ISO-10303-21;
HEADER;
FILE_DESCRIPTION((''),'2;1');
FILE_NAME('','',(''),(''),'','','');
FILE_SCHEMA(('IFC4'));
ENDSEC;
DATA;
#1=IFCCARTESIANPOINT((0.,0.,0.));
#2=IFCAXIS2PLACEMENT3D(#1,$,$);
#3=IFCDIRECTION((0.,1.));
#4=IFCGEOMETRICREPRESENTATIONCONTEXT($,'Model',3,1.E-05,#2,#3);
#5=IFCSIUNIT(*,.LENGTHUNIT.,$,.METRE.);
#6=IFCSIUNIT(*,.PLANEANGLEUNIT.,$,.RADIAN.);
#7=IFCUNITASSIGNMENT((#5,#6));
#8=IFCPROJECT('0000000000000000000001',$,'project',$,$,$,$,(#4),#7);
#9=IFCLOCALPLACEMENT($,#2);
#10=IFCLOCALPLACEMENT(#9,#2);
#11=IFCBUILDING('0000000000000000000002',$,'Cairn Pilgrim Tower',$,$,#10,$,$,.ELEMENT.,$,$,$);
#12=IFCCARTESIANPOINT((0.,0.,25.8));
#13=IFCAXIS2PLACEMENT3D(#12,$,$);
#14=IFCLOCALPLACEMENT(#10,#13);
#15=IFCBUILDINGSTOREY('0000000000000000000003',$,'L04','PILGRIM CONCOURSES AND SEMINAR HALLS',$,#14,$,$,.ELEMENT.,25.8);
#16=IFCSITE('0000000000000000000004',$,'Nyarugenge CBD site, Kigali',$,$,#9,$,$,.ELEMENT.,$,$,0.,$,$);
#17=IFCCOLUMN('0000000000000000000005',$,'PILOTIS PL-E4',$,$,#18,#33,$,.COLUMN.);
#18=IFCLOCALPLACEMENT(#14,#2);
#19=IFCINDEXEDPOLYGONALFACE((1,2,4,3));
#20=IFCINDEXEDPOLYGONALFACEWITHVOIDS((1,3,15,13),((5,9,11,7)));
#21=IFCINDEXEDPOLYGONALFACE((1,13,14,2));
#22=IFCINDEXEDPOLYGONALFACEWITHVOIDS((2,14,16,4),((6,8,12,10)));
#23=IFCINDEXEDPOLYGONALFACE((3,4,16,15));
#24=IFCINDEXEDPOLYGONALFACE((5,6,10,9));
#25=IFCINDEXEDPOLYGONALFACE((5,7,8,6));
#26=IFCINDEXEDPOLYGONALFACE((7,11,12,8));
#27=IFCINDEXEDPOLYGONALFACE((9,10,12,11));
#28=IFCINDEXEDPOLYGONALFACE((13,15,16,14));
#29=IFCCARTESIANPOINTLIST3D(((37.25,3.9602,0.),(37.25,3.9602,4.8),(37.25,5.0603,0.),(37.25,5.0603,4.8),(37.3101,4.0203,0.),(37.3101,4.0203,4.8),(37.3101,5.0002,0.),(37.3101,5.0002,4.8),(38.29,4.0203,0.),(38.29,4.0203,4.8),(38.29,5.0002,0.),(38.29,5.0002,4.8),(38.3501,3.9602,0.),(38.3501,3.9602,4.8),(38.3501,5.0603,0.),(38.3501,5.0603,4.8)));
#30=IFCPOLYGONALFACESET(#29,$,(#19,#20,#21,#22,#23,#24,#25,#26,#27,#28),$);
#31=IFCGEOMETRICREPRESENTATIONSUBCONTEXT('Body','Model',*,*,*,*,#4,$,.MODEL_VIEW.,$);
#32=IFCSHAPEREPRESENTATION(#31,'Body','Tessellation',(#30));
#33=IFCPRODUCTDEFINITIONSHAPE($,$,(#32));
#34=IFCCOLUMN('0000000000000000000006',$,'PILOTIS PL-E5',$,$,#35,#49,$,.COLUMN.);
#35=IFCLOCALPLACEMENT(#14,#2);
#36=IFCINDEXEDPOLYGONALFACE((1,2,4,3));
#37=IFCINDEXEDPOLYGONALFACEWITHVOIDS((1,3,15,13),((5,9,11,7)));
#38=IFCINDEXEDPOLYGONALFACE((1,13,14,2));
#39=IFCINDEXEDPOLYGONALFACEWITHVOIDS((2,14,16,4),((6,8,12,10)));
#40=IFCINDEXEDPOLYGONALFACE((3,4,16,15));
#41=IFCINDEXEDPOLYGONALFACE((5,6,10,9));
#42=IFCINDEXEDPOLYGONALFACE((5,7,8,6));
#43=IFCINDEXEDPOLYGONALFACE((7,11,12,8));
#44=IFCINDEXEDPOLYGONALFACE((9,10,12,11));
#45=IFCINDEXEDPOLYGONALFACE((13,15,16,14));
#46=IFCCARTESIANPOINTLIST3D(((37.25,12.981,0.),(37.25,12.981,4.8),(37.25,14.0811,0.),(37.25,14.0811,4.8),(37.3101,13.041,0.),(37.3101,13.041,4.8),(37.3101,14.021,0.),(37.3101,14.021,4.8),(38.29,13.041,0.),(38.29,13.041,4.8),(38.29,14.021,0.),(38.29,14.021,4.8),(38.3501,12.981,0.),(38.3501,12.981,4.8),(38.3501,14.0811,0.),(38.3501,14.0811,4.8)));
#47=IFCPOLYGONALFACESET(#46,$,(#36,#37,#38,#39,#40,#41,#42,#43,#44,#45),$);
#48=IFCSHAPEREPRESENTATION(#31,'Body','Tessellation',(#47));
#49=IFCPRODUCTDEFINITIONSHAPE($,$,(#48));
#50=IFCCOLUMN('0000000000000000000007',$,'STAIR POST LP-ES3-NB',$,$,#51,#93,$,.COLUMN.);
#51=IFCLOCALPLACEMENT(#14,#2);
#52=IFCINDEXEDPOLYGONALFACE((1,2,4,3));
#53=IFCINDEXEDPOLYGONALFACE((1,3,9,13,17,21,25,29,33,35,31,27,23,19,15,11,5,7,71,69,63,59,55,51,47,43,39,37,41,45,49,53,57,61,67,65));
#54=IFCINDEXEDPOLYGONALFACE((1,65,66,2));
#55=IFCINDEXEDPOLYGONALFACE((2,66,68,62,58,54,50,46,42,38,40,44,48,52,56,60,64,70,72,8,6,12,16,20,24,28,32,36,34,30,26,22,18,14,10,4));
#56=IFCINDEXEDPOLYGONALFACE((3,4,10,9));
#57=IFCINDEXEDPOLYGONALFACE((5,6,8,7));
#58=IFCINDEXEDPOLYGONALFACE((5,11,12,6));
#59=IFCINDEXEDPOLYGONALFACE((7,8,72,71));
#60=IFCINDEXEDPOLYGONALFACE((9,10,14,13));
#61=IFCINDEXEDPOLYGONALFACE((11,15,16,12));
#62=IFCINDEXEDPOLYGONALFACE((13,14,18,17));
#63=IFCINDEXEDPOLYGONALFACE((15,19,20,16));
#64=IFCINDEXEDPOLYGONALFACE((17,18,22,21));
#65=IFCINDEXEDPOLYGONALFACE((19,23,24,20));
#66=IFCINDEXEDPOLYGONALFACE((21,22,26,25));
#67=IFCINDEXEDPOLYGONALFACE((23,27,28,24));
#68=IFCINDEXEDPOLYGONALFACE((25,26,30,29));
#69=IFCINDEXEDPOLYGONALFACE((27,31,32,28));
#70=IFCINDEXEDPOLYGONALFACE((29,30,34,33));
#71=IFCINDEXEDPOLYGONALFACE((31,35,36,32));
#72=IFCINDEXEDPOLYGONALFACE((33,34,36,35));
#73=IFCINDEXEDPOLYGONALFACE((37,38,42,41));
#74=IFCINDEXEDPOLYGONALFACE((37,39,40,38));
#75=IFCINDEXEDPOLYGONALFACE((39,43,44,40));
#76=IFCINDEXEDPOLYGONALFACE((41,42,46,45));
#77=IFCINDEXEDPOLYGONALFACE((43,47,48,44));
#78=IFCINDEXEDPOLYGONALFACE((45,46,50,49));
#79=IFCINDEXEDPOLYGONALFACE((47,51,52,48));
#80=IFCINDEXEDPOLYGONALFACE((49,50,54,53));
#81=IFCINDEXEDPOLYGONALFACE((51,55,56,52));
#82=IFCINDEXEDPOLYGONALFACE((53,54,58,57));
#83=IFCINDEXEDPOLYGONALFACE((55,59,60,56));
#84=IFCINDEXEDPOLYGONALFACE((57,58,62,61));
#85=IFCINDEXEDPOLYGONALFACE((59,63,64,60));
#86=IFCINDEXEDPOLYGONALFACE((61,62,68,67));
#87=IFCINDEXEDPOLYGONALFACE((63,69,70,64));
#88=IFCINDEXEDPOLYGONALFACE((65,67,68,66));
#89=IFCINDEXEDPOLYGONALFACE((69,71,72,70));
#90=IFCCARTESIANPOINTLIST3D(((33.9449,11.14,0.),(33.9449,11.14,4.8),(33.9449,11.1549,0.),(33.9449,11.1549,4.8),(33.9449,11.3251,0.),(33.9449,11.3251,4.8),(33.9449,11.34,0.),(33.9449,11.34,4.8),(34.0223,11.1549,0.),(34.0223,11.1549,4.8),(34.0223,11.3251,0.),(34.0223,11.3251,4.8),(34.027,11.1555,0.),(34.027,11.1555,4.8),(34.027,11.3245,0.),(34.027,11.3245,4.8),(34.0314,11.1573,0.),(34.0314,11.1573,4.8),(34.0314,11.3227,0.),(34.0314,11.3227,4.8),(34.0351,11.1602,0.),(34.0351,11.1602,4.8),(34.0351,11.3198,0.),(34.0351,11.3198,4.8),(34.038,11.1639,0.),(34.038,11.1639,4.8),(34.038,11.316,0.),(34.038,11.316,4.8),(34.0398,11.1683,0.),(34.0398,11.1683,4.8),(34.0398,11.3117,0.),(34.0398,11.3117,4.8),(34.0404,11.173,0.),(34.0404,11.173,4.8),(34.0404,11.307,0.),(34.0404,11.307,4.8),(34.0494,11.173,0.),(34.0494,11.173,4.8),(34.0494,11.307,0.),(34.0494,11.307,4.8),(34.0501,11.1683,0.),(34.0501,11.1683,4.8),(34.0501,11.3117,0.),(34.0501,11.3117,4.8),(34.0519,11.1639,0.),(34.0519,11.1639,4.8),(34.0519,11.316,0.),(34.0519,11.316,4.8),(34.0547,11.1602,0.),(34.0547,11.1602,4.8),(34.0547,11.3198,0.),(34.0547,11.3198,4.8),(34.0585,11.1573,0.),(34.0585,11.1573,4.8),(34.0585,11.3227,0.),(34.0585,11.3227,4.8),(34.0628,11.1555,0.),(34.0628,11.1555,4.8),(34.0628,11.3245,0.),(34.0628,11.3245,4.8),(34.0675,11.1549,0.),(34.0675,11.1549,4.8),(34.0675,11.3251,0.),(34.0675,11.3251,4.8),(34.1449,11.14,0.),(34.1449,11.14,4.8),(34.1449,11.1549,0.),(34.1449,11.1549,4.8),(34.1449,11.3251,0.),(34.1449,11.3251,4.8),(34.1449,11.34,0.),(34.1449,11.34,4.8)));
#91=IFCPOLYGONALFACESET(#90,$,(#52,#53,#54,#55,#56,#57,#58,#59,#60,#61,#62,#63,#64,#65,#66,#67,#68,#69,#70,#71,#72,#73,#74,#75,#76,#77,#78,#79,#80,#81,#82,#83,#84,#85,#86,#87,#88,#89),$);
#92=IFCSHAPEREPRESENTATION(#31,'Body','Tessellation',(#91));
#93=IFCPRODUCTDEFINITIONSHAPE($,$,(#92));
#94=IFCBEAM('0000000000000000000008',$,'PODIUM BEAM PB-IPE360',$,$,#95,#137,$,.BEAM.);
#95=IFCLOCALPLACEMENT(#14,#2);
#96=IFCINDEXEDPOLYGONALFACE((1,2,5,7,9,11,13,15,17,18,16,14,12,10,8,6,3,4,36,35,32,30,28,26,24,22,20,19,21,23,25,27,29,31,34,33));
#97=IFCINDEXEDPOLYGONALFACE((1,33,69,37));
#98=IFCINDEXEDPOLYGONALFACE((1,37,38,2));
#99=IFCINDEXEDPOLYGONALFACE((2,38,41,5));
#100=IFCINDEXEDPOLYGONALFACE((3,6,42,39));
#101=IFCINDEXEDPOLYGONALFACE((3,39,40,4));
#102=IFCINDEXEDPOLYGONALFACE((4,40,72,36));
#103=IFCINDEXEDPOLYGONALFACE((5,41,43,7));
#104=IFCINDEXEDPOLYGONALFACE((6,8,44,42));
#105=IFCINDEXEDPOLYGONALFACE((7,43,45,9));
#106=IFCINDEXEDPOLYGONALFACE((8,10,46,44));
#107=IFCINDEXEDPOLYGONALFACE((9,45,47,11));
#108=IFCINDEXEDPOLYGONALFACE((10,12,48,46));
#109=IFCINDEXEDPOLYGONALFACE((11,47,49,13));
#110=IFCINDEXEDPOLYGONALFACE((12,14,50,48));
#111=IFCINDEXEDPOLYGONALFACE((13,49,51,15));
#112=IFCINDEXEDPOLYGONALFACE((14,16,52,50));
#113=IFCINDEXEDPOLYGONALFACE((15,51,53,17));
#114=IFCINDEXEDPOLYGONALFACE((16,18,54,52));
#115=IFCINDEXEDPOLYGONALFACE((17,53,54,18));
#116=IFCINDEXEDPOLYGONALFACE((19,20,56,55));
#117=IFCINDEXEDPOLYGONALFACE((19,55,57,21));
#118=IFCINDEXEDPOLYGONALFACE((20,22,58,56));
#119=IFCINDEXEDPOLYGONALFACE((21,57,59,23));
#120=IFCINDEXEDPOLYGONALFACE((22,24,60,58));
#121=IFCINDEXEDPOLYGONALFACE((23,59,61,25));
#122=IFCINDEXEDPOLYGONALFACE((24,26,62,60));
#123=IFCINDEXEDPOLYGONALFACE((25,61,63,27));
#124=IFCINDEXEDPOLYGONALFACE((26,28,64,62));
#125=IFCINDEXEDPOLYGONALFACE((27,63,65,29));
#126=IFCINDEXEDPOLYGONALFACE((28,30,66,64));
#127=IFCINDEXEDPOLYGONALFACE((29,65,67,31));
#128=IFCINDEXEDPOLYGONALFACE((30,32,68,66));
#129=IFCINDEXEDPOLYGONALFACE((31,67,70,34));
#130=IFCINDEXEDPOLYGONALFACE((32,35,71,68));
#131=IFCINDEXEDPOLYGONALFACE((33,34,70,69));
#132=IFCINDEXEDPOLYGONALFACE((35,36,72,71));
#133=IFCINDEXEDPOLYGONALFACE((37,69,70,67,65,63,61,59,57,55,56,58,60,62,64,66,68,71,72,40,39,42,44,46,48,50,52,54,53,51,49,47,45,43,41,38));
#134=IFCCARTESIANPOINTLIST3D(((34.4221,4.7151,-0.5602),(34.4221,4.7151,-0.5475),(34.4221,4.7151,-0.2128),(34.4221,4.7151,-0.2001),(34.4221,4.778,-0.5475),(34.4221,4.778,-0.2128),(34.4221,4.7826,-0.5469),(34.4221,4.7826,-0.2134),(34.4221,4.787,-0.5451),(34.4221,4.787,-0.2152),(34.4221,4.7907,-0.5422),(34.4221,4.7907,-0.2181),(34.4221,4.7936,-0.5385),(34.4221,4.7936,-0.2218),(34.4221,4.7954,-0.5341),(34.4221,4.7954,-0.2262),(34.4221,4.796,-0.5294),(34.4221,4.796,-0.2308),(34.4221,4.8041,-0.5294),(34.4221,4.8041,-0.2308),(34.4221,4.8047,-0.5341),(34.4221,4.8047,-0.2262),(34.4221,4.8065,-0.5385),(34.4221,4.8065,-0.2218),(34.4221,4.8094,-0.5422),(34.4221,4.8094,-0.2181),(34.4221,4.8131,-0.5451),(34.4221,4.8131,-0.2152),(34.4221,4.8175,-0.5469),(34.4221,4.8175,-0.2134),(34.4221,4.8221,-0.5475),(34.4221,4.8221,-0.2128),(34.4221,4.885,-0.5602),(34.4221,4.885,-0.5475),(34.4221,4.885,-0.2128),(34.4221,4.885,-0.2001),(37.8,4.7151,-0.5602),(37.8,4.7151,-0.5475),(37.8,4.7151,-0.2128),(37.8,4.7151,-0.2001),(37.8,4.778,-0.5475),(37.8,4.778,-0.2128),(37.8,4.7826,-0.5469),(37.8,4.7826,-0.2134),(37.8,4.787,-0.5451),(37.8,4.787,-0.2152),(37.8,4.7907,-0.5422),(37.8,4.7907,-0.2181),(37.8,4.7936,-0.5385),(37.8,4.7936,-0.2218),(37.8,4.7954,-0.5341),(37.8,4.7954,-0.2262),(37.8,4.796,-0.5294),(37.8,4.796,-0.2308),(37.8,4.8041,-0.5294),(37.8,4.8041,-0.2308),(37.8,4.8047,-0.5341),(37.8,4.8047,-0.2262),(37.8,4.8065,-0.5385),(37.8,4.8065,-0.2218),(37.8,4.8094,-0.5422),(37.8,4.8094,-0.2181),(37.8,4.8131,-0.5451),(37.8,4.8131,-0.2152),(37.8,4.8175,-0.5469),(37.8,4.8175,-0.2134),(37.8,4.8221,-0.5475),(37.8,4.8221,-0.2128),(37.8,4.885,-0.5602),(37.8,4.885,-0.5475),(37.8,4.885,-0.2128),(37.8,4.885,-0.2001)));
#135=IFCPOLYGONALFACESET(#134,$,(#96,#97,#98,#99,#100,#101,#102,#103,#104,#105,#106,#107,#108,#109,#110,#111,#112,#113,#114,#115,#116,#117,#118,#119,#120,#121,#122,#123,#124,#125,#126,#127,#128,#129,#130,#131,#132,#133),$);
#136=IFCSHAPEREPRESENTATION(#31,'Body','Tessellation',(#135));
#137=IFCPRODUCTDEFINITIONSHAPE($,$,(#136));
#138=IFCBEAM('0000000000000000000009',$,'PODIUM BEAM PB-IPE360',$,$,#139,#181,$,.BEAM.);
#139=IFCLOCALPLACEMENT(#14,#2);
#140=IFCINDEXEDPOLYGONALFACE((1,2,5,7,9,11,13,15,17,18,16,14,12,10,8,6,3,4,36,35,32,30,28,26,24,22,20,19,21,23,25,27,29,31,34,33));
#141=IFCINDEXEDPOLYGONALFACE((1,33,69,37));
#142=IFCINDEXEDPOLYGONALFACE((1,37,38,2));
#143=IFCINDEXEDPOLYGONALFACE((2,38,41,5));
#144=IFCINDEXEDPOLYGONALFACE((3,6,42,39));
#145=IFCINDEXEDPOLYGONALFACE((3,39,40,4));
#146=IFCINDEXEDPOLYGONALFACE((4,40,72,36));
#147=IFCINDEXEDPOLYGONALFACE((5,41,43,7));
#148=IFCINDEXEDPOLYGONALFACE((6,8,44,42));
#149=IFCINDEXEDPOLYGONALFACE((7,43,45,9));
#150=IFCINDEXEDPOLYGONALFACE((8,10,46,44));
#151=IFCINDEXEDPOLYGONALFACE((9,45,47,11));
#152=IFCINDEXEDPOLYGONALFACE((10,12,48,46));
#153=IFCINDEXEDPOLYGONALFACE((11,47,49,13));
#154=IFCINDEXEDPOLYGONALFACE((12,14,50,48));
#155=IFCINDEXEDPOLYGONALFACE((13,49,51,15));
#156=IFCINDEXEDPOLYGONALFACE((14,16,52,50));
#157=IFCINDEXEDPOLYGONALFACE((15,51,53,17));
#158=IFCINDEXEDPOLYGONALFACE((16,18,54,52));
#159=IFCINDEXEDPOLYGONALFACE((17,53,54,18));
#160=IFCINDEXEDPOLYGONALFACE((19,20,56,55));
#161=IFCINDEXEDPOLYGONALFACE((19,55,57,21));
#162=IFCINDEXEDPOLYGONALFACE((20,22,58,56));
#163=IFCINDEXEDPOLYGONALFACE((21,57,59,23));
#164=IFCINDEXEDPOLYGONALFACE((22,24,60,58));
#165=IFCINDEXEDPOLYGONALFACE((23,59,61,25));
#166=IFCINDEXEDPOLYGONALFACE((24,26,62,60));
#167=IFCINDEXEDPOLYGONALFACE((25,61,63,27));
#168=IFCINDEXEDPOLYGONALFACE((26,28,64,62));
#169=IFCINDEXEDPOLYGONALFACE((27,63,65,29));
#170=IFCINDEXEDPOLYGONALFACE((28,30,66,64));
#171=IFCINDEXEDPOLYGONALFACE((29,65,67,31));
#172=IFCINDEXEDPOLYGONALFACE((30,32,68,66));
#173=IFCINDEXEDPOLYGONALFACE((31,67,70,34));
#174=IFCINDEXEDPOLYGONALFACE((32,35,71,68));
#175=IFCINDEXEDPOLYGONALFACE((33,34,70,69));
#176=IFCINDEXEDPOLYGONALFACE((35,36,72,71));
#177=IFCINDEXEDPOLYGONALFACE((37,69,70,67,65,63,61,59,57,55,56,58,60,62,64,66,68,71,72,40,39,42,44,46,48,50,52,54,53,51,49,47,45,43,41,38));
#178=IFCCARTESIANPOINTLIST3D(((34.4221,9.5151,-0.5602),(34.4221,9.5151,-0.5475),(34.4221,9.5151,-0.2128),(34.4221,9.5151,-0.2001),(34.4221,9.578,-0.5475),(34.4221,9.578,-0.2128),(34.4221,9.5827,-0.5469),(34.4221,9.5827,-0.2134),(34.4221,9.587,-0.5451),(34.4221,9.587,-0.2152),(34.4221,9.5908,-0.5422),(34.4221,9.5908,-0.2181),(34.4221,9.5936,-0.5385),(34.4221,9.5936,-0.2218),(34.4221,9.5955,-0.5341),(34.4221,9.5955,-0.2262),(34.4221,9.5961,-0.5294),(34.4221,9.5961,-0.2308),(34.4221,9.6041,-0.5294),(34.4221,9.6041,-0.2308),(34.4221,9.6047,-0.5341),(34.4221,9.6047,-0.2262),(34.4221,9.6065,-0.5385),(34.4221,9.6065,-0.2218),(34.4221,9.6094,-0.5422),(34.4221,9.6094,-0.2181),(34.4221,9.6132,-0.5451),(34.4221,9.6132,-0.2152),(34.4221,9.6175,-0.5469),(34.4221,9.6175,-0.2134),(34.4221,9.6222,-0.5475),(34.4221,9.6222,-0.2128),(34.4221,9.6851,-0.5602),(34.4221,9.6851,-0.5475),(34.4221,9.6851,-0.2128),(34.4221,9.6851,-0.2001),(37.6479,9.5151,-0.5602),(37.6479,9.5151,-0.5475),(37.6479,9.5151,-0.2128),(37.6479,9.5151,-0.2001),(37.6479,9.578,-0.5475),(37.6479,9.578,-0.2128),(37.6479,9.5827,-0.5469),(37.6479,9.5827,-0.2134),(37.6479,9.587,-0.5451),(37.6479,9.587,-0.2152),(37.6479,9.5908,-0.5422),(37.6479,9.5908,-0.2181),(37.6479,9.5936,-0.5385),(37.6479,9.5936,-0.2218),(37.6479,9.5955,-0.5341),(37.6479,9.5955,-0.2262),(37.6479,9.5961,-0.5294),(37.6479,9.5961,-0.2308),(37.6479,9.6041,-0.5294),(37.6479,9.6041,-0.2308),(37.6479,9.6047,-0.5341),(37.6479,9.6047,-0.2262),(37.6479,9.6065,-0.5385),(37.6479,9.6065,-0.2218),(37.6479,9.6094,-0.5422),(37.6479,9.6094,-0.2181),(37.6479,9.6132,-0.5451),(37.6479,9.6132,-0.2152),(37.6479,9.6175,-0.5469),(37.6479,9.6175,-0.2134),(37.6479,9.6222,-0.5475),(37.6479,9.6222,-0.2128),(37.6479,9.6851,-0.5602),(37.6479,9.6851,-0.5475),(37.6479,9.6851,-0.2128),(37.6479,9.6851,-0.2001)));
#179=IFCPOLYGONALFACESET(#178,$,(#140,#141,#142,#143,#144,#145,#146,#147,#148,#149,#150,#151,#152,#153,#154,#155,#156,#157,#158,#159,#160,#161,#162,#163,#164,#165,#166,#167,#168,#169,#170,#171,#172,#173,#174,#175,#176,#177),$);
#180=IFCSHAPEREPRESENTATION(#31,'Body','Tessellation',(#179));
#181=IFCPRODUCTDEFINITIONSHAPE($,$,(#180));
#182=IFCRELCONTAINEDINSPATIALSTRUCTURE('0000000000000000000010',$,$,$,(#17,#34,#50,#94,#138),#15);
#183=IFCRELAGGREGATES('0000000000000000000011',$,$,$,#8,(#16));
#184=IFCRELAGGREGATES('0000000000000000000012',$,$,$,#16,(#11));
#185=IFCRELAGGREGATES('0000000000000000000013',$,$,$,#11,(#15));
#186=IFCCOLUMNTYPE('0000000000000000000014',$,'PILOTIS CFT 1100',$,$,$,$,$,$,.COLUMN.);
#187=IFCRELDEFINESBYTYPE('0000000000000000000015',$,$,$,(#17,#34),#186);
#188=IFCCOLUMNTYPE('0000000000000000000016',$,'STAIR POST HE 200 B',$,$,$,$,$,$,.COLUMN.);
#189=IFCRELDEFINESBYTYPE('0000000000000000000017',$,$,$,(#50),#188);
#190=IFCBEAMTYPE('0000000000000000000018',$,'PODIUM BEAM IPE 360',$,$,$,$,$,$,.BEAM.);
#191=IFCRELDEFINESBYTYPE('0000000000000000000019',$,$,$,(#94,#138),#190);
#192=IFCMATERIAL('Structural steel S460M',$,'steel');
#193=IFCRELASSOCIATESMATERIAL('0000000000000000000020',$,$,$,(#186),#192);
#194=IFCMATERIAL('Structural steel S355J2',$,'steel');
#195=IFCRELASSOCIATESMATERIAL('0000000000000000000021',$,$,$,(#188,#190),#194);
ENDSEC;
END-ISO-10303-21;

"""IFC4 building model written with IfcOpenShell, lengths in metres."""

from ifc_helpers import new_model, si_unit, direction, frame, origin, origin_2d, place, context, subcontext, project, spatial, hollow_rectangle, i_section, extrude, material, material_profile, profile_set, type_object, element, save


model = new_model("IFC4")

# Units and contexts
model_context = context("Model", 3, precision=1e-05, world=origin(), true_north=direction((0.0, 1.0)))
body_context = subcontext(model_context, "Body", "Model", "MODEL_VIEW")
ifc_project = project(units=[si_unit("LENGTHUNIT", "METRE"), si_unit("PLANEANGLEUNIT", "RADIAN")], contexts=[model_context])

# Site, building, storey
site_placement = place(None, origin())
site = spatial("IfcSite", under=ifc_project, at=site_placement, Name="Nyarugenge CBD site, Kigali", CompositionType="ELEMENT", RefElevation=0.0)
building_placement = place(site_placement, origin())
building = spatial("IfcBuilding", under=site, at=building_placement, Name="Cairn Pilgrim Tower", CompositionType="ELEMENT")
storey_placement = place(building_placement, frame((0.0, 0.0, 25.8)))
storey = spatial("IfcBuildingStorey", under=building, at=storey_placement, Name="L04", Description="PILGRIM CONCOURSES AND SEMINAR HALLS", CompositionType="ELEMENT", Elevation=25.8)

# Columns
ifc_material_1 = material(Name="Structural steel S460M", Category="steel")
ifc_material_profile_1 = material_profile(ifc_material_1, hollow_rectangle(XDim=1.1001, YDim=1.1001, WallThickness=0.0601, at=origin_2d()), Name="BOX 1100x1100x60")
ifc_profile_set_1 = profile_set([ifc_material_profile_1], Name="Structural steel S460M")
column_type_1 = type_object("IfcColumnType", Name="PILOTIS CFT 1100", PredefinedType="COLUMN", material=ifc_profile_set_1)
for number, where, z_axis, x_axis, name in (
    (1, (37.8, 4.5103, 0.0), (0.0, 0.0, 1.0), (1.0, 0.0, 0.0), "PILOTIS PL-E4"),
    (2, (37.8, 13.531, 0.0), (0.0, 0.0, 1.0), (1.0, 0.0, 0.0), "PILOTIS PL-E5"),
):
    element("IfcColumn", number, at=place(storey_placement, frame(where, z_axis=z_axis, x_axis=x_axis)), inside=storey, type_object=column_type_1, Name=name, PredefinedType="COLUMN", context=body_context, shape_type="SweptSolid", body=[
        extrude(hollow_rectangle(XDim=1.1001, YDim=1.1001, WallThickness=0.0601, at=origin_2d()), origin(), (0.0, 0.0, 1.0), 4.8),
    ])
ifc_material_2 = material(Name="Structural steel S355J2", Category="steel")
ifc_material_profile_2 = material_profile(ifc_material_2, i_section(OverallWidth=0.2, OverallDepth=0.2, WebThickness=0.009, FlangeThickness=0.0149, FilletRadius=0.0181, at=origin_2d()), Name="HE 200 B")
ifc_profile_set_2 = profile_set([ifc_material_profile_2], Name="Structural steel S355J2")
column_type_2 = type_object("IfcColumnType", Name="STAIR POST HE 200 B", PredefinedType="COLUMN", material=ifc_profile_set_2)
column_placement = place(storey_placement, frame((34.0449, 11.24, 0.0), z_axis=(0.0, 0.0, 1.0), x_axis=(1.0, 0.0, 0.0)))
element("IfcColumn", 3, at=column_placement, inside=storey, type_object=column_type_2, Name="STAIR POST LP-ES3-NB", PredefinedType="COLUMN", context=body_context, shape_type="SweptSolid", body=[
    extrude(i_section(OverallWidth=0.2, OverallDepth=0.2, WebThickness=0.009, FlangeThickness=0.0149, FilletRadius=0.0181, at=origin_2d()), origin(), (0.0, 0.0, 1.0), 4.8),
])

# Beams
ifc_material_profile_3 = material_profile(ifc_material_2, i_section(OverallWidth=0.1699, OverallDepth=0.3601, WebThickness=0.0081, FlangeThickness=0.0127, FilletRadius=0.0181, at=origin_2d()), Name="IPE 360")
ifc_profile_set_3 = profile_set([ifc_material_profile_3], Name="Structural steel S355J2")
beam_type_1 = type_object("IfcBeamType", Name="PODIUM BEAM IPE 360", PredefinedType="BEAM", material=ifc_profile_set_3)
beam_1_placement = place(storey_placement, frame((34.4221, 4.8, -0.3801), z_axis=(1.0, 0.0, 0.0), x_axis=(0.0, 1.0, 0.0)))
element("IfcBeam", 4, at=beam_1_placement, inside=storey, type_object=beam_type_1, Name="PODIUM BEAM PB-IPE360", PredefinedType="BEAM", context=body_context, shape_type="SweptSolid", body=[
    extrude(i_section(OverallWidth=0.1699, OverallDepth=0.3601, WebThickness=0.0081, FlangeThickness=0.0127, FilletRadius=0.0181, at=origin_2d()), origin(), (0.0, 0.0, 1.0), 3.3779),
])
beam_2_placement = place(storey_placement, frame((34.4221, 9.6001, -0.3801), z_axis=(1.0, 0.0, 0.0), x_axis=(0.0, 1.0, 0.0)))
element("IfcBeam", 5, at=beam_2_placement, inside=storey, type_object=beam_type_1, Name="PODIUM BEAM PB-IPE360", PredefinedType="BEAM", context=body_context, shape_type="SweptSolid", body=[
    extrude(i_section(OverallWidth=0.1699, OverallDepth=0.3601, WebThickness=0.0081, FlangeThickness=0.0127, FilletRadius=0.0181, at=origin_2d()), origin(), (0.0, 0.0, 1.0), 3.2258),
])

save(model, "model.ifc")
